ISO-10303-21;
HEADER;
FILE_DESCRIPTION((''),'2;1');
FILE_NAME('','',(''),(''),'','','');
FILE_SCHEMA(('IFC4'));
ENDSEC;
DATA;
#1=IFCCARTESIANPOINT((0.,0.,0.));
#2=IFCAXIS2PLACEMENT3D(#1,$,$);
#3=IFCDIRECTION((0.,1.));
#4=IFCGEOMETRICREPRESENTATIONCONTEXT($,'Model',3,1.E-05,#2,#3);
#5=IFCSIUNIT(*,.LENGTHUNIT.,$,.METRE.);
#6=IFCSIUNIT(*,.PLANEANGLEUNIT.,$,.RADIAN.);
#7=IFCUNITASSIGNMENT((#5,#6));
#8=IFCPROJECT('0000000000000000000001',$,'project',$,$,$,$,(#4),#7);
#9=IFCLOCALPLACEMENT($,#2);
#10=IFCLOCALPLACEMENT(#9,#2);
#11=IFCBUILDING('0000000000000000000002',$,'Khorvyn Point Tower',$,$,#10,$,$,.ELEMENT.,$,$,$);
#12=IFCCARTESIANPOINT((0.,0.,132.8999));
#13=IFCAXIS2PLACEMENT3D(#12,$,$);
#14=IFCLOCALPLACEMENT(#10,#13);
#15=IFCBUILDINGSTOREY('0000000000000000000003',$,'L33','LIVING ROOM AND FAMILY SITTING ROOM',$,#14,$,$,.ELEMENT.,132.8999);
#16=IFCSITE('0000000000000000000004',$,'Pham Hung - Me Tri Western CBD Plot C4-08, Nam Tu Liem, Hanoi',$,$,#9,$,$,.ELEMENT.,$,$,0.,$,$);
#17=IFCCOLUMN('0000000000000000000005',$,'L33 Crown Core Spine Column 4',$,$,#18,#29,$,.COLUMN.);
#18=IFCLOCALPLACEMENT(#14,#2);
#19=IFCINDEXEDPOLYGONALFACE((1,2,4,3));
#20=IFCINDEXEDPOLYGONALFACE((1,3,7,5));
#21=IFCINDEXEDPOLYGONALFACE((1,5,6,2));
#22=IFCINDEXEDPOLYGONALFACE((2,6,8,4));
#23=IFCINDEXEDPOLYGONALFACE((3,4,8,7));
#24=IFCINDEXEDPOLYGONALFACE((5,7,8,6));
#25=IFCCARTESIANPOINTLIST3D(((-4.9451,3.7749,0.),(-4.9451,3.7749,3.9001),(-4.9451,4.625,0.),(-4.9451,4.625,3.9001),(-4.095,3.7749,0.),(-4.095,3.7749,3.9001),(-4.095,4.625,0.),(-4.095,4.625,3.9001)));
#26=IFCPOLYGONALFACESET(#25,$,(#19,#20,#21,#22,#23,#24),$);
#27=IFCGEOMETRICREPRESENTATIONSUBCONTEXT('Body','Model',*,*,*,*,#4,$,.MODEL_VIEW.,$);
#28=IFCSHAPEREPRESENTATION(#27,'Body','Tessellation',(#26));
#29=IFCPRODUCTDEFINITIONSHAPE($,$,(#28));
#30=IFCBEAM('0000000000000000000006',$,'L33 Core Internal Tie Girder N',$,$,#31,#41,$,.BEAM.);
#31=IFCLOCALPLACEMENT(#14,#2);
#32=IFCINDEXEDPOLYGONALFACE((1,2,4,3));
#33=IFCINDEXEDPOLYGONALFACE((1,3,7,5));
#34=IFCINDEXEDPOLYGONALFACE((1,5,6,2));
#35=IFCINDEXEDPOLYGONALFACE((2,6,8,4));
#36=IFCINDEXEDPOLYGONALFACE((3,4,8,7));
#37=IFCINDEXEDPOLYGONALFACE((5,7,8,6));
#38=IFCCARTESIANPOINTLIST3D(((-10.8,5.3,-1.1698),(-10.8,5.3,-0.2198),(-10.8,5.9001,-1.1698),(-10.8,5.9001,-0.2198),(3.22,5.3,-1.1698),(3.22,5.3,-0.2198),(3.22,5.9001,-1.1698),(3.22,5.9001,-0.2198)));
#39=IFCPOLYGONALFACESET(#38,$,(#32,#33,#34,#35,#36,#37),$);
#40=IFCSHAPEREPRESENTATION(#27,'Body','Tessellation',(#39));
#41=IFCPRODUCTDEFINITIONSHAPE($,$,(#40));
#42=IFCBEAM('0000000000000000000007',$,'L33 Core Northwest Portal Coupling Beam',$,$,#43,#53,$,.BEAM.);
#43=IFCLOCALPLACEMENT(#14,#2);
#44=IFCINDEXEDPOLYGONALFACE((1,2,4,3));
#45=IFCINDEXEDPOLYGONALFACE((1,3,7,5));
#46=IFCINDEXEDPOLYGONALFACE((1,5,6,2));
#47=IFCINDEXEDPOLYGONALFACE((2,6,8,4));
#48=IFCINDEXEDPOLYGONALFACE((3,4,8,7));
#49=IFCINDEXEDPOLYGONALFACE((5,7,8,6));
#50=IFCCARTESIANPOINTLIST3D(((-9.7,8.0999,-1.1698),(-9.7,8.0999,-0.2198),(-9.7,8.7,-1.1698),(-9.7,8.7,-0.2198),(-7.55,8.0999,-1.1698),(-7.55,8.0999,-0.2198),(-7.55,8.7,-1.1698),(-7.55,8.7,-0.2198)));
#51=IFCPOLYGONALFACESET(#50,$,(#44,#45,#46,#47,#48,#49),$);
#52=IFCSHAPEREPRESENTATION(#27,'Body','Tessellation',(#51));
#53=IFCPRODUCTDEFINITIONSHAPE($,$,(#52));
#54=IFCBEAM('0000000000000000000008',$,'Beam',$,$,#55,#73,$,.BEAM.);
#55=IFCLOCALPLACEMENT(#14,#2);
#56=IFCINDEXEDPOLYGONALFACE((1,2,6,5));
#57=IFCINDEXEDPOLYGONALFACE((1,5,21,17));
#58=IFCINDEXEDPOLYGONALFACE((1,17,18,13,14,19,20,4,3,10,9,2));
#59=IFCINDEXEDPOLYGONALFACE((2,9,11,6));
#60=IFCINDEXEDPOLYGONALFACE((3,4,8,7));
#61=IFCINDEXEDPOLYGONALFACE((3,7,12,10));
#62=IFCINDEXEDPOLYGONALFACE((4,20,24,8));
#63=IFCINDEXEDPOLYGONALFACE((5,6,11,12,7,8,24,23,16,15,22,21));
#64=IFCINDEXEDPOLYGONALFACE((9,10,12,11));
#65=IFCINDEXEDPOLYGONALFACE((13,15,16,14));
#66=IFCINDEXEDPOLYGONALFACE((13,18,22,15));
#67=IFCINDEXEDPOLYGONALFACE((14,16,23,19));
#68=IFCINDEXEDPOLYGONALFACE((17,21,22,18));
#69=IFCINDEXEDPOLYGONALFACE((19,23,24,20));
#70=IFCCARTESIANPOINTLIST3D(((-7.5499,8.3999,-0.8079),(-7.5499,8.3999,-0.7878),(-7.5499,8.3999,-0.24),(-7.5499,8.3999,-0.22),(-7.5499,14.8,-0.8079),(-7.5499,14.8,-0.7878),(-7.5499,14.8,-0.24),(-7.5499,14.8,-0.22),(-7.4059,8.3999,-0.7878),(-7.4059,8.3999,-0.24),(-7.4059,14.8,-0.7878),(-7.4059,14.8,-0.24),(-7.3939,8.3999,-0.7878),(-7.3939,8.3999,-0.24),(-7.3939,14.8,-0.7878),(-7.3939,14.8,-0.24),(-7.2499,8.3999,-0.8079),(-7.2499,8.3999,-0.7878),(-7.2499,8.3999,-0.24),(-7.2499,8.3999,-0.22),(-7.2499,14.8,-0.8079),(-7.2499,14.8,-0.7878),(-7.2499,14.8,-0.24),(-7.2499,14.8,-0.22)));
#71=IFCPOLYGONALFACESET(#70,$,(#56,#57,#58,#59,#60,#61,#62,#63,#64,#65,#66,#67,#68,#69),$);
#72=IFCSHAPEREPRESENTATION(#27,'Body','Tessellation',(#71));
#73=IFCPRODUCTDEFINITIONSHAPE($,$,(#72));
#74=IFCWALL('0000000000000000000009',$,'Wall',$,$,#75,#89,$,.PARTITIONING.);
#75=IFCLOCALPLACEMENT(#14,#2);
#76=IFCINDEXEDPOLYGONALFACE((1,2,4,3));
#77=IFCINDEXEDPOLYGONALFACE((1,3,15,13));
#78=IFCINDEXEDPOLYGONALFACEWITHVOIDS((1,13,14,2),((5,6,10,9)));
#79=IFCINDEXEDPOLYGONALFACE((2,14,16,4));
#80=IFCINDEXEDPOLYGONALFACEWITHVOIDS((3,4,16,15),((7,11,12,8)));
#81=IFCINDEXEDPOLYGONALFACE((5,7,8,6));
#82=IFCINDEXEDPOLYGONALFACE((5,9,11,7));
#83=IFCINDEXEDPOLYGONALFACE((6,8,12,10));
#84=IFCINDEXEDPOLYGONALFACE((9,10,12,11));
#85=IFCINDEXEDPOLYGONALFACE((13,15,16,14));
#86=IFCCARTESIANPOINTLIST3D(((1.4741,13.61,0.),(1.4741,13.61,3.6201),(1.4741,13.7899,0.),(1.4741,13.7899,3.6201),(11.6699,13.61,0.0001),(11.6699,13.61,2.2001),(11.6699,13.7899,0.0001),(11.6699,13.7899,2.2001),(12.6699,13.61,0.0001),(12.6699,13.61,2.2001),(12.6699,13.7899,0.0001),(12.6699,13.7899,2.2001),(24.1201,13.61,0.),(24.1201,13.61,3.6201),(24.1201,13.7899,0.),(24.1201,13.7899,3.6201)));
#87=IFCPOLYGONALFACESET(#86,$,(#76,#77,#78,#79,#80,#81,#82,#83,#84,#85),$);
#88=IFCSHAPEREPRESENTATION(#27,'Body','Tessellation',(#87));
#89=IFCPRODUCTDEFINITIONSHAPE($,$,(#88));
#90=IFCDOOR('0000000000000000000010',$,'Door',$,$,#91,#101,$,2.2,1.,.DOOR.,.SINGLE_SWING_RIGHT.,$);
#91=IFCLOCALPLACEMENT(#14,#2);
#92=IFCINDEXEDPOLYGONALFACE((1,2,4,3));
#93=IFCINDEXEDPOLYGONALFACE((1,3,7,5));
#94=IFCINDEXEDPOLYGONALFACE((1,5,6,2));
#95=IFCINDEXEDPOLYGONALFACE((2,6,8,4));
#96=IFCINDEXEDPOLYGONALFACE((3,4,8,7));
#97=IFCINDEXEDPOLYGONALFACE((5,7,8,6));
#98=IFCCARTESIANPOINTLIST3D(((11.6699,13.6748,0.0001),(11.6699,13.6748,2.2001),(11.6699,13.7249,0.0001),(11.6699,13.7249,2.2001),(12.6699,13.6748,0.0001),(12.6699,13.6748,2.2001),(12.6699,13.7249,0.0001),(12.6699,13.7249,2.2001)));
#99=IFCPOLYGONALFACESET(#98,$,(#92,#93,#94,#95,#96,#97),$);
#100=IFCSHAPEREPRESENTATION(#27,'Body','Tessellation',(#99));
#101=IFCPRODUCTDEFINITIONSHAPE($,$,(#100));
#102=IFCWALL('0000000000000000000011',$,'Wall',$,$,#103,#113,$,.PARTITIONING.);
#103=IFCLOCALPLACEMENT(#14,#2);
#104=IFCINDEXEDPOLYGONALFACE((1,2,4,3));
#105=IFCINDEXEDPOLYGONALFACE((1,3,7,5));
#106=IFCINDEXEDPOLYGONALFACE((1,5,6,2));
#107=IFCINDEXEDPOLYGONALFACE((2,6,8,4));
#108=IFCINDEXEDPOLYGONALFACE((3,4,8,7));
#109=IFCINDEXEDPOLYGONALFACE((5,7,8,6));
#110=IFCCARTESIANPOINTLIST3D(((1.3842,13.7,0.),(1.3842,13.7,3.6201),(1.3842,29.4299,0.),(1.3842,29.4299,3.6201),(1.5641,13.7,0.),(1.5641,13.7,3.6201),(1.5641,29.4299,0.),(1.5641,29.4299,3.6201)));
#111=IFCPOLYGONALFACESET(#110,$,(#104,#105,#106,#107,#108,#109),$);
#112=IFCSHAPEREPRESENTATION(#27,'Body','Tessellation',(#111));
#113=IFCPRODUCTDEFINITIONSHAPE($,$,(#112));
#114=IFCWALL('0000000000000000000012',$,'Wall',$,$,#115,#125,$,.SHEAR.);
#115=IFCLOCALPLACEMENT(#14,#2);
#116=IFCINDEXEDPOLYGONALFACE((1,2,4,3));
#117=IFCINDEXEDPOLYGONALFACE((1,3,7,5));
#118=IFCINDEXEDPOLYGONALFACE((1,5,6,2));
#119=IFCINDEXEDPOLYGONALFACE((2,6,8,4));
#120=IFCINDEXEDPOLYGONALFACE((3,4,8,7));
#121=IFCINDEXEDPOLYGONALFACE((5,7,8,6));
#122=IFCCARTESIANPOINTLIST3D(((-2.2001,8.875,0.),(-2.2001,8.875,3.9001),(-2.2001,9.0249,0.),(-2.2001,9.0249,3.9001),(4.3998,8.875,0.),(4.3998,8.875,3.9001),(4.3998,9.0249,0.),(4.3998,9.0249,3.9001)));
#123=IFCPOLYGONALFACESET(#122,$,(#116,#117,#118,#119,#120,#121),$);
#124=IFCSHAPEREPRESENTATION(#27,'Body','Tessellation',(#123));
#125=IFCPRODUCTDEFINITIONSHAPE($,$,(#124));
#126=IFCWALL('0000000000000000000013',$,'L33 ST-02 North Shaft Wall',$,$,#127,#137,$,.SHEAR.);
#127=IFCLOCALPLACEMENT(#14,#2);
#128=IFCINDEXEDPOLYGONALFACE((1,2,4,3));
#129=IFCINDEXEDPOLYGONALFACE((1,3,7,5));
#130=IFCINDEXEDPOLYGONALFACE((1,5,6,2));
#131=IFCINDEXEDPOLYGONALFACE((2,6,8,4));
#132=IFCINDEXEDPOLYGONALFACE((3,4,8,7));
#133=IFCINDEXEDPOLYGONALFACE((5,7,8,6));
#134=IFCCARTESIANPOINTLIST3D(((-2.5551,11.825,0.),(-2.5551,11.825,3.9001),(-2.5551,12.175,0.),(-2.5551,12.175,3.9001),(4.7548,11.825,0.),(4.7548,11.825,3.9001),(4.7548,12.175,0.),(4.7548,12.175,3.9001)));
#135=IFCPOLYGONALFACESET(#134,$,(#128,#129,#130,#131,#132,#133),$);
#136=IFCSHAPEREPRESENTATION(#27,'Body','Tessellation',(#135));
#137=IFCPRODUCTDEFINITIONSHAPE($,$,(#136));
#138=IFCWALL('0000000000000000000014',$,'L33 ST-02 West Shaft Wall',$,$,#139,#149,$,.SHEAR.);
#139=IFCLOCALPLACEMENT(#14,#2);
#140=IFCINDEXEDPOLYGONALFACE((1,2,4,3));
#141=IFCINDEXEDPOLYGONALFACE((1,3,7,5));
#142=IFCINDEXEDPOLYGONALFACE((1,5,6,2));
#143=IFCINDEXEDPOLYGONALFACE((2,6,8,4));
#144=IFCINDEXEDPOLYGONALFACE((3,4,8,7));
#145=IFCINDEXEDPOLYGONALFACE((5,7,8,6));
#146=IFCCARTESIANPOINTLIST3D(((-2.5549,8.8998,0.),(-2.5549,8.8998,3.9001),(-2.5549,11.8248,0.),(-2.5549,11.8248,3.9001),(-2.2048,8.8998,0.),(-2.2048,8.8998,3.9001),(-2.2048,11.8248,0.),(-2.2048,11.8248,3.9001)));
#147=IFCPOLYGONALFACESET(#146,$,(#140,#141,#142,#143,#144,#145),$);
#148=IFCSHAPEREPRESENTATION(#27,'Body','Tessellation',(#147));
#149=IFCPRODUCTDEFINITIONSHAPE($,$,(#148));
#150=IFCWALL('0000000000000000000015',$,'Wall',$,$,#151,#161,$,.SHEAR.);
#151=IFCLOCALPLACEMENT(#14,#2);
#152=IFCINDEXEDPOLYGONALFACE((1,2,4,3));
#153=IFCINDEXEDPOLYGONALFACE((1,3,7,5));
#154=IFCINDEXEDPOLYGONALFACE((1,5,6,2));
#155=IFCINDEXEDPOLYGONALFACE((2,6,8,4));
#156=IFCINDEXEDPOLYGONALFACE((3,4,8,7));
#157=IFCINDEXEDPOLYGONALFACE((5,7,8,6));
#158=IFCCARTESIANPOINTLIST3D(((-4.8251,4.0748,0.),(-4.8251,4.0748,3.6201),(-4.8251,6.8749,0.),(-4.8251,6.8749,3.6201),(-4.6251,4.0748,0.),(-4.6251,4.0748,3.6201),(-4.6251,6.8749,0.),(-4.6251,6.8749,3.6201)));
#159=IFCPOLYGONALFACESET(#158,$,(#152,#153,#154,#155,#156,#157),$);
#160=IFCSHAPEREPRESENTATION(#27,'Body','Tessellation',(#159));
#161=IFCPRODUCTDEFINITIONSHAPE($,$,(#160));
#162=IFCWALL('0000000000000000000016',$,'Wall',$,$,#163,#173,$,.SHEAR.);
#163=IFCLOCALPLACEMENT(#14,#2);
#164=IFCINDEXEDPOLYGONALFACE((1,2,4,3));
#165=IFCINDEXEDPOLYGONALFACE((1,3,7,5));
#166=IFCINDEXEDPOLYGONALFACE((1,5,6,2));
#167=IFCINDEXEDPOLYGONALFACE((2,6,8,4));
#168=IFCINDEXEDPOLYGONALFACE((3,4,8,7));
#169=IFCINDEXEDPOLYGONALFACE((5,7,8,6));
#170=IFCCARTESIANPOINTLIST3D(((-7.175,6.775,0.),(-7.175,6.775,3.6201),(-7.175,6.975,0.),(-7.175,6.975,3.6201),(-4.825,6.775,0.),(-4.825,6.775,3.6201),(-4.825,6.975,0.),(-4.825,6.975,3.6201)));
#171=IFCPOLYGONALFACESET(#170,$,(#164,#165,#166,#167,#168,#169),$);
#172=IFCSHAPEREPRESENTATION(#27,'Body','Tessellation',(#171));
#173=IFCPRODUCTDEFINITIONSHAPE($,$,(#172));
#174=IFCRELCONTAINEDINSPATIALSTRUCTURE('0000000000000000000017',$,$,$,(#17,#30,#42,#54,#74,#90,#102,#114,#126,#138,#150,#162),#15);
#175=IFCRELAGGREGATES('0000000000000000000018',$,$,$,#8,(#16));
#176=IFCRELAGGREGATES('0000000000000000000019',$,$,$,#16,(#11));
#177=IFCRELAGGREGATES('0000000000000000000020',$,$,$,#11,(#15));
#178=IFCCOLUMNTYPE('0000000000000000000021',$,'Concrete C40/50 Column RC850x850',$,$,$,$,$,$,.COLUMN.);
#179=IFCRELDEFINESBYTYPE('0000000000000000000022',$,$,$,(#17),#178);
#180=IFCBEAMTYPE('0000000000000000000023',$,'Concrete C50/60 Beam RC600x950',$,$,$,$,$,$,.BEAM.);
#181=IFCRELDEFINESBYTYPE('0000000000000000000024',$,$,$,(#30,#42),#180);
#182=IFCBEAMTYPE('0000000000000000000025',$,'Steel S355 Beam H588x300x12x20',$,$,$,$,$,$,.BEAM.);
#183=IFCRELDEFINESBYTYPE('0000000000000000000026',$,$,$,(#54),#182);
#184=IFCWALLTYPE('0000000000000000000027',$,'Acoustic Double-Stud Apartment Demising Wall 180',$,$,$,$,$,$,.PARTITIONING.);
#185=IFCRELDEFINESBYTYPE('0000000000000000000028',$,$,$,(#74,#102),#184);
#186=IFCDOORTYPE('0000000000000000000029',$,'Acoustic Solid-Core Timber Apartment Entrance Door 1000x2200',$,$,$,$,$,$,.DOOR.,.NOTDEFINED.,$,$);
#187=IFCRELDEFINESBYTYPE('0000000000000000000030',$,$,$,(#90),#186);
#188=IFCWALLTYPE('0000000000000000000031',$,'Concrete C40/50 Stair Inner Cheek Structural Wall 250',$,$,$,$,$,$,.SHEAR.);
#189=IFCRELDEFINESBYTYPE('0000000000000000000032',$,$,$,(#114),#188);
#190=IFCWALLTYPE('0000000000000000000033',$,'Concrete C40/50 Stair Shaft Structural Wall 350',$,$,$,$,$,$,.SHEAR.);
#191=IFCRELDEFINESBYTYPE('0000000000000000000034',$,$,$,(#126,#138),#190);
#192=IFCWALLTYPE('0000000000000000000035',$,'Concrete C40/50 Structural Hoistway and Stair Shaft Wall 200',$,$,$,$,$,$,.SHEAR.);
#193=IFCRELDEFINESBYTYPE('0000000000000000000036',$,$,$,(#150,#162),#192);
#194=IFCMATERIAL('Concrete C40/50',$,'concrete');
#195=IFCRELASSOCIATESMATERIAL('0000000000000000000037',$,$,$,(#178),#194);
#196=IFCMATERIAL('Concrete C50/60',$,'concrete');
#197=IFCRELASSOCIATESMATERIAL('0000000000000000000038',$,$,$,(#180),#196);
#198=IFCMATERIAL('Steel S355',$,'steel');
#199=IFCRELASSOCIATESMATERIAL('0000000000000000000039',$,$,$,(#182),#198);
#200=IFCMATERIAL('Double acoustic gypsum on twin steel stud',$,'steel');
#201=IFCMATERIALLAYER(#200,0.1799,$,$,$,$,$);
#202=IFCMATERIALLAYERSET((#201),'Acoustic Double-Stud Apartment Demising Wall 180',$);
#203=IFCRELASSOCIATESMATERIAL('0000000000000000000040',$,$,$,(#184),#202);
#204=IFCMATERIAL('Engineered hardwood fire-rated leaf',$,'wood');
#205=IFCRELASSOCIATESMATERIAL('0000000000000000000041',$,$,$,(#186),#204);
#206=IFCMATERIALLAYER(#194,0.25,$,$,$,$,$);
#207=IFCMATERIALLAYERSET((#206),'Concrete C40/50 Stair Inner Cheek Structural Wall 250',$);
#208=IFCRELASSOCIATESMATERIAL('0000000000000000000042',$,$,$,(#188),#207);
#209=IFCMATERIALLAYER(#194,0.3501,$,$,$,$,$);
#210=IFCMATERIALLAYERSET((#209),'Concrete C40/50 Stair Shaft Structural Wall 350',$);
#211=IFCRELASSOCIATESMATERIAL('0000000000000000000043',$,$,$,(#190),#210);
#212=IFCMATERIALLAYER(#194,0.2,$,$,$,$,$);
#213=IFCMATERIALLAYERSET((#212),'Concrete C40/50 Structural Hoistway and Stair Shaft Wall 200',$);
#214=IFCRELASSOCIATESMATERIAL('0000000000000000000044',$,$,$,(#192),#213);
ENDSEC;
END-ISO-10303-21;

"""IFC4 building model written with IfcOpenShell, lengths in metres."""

from ifc_helpers import new_model, si_unit, direction, frame, frame_2d, origin, origin_2d, place, context, subcontext, project, spatial, rectangle, i_section, extrude, material, layer, layer_set, material_profile, profile_set, type_object, element, fill, save


model = new_model("IFC4")

# Units and contexts
model_context = context("Model", 3, precision=1e-05, world=origin(), true_north=direction((0.0, 1.0)))
body_context = subcontext(model_context, "Body", "Model", "MODEL_VIEW")
ifc_project = project(units=[si_unit("LENGTHUNIT", "METRE"), si_unit("PLANEANGLEUNIT", "RADIAN")], contexts=[model_context])

# Site, building, storey
site_placement = place(None, origin())
site = spatial("IfcSite", under=ifc_project, at=site_placement, Name="Pham Hung - Me Tri Western CBD Plot C4-08, Nam Tu Liem, Hanoi", CompositionType="ELEMENT", RefElevation=0.0)
building_placement = place(site_placement, origin())
building = spatial("IfcBuilding", under=site, at=building_placement, Name="Khorvyn Point Tower", CompositionType="ELEMENT")
storey_placement = place(building_placement, frame((0.0, 0.0, 132.8999)))
storey = spatial("IfcBuildingStorey", under=building, at=storey_placement, Name="L33", Description="LIVING ROOM AND FAMILY SITTING ROOM", CompositionType="ELEMENT", Elevation=132.8999)

# Column
ifc_material_1 = material(Name="Concrete C40/50", Category="concrete")
ifc_material_profile_1 = material_profile(ifc_material_1, rectangle(XDim=0.8501, YDim=0.8501, at=origin_2d()))
ifc_profile_set_1 = profile_set([ifc_material_profile_1], Name="Concrete C40/50 RC850x850")
column_type = type_object("IfcColumnType", Name="Concrete C40/50 Column RC850x850", PredefinedType="COLUMN", material=ifc_profile_set_1)
column_placement = place(storey_placement, frame((-4.52, 4.2, 0.0), z_axis=(0.0, 0.0, 1.0), x_axis=(1.0, 0.0, 0.0)))
element("IfcColumn", 1, at=column_placement, inside=storey, type_object=column_type, Name="L33 Crown Core Spine Column 4", PredefinedType="COLUMN", context=body_context, shape_type="SweptSolid", body=[
    extrude(rectangle(XDim=0.8501, YDim=0.8501, at=origin_2d()), origin(), (0.0, 0.0, 1.0), 3.9001),
])

# Beams
ifc_material_2 = material(Name="Concrete C50/60", Category="concrete")
ifc_material_profile_2 = material_profile(ifc_material_2, rectangle(XDim=0.6001, YDim=0.95, at=origin_2d()))
ifc_profile_set_2 = profile_set([ifc_material_profile_2], Name="Concrete C50/60 RC600x950")
beam_type_1 = type_object("IfcBeamType", Name="Concrete C50/60 Beam RC600x950", PredefinedType="BEAM", material=ifc_profile_set_2)
beam_1_placement = place(storey_placement, frame((-10.8, 5.6001, -0.6948), z_axis=(1.0, 0.0, 0.0), x_axis=(0.0, 1.0, 0.0)))
element("IfcBeam", 2, at=beam_1_placement, inside=storey, type_object=beam_type_1, Name="L33 Core Internal Tie Girder N", PredefinedType="BEAM", context=body_context, shape_type="SweptSolid", body=[
    extrude(rectangle(XDim=0.6001, YDim=0.95, at=origin_2d()), origin(), (0.0, 0.0, 1.0), 14.02),
])
beam_2_placement = place(storey_placement, frame((-9.7, 8.3999, -0.6948), z_axis=(1.0, 0.0, 0.0), x_axis=(0.0, 1.0, 0.0)))
element("IfcBeam", 3, at=beam_2_placement, inside=storey, type_object=beam_type_1, Name="L33 Core Northwest Portal Coupling Beam", PredefinedType="BEAM", context=body_context, shape_type="SweptSolid", body=[
    extrude(rectangle(XDim=0.6001, YDim=0.95, at=origin_2d()), origin(), (0.0, 0.0, 1.0), 2.1499),
])
ifc_material_3 = material(Name="Steel S355", Category="steel")
ifc_material_profile_3 = material_profile(ifc_material_3, i_section(OverallWidth=0.3, OverallDepth=0.5879, WebThickness=0.012, FlangeThickness=0.02, at=origin_2d()))
ifc_profile_set_3 = profile_set([ifc_material_profile_3], Name="Steel S355 H588x300x12x20")
beam_type_2 = type_object("IfcBeamType", Name="Steel S355 Beam H588x300x12x20", PredefinedType="BEAM", material=ifc_profile_set_3)
beam_3_placement = place(storey_placement, frame((-7.3999, 8.3999, -0.5139), z_axis=(0.0, 1.0, 0.0), x_axis=(-1.0, 0.0, 0.0)))
element("IfcBeam", 4, at=beam_3_placement, inside=storey, type_object=beam_type_2, Name="Beam", PredefinedType="BEAM", context=body_context, shape_type="SweptSolid", body=[
    extrude(i_section(OverallWidth=0.3, OverallDepth=0.5879, WebThickness=0.012, FlangeThickness=0.02, at=origin_2d()), origin(), (0.0, 0.0, 1.0), 6.4001),
])

# Wall, opening, door
ifc_material_4 = material(Name="Double acoustic gypsum on twin steel stud", Category="steel")
ifc_layer_1 = layer(ifc_material_4, 0.1799)
ifc_layer_set_1 = layer_set([ifc_layer_1], Name="Acoustic Double-Stud Apartment Demising Wall 180")
wall_type_1 = type_object("IfcWallType", Name="Acoustic Double-Stud Apartment Demising Wall 180", PredefinedType="PARTITIONING", material=ifc_layer_set_1)
wall_1_placement = place(storey_placement, frame((1.4741, 13.7, 0.0), z_axis=(0.0, 0.0, 1.0), x_axis=(1.0, 0.0, 0.0)))
wall_1 = element("IfcWall", 5, at=wall_1_placement, inside=storey, type_object=wall_type_1, Name="Wall", PredefinedType="PARTITIONING", context=body_context, shape_type="SweptSolid", body=[
    extrude(rectangle(XDim=22.646, YDim=0.1799, at=frame_2d((11.323, 0.0))), origin(), (0.0, 0.0, 1.0), 3.6201),
])
opening_1_placement = place(wall_1_placement, frame((10.1958, 0.0, 0.0)))
opening_1 = element("IfcOpeningElement", 6, at=opening_1_placement, cuts=wall_1, PredefinedType="OPENING", context=body_context, shape_type="SweptSolid", body=[
    extrude(rectangle(XDim=1.0, YDim=2.2, at=frame_2d((0.5, 1.1001))), frame((0.0, 0.0999, 0.0), z_axis=(0.0, -1.0, 0.0), x_axis=(1.0, 0.0, 0.0)), (0.0, 0.0, 1.0), 0.2),
])
ifc_material_5 = material(Name="Engineered hardwood fire-rated leaf", Category="wood")
door_type_1 = type_object("IfcDoorType", Name="Acoustic Solid-Core Timber Apartment Entrance Door 1000x2200", OperationType="NOTDEFINED", PredefinedType="DOOR", material=ifc_material_5)
door_1_placement = place(opening_1_placement, origin())
door_1 = element("IfcDoor", 7, at=door_1_placement, inside=storey, type_object=door_type_1, Name="Door", OperationType="SINGLE_SWING_RIGHT", OverallHeight=2.2, OverallWidth=1.0, PredefinedType="DOOR", context=body_context, shape_type="SweptSolid", body=[
    extrude(rectangle(XDim=1.0, YDim=2.2, at=frame_2d((0.5, 1.1001))), frame((0.0, 0.0249, 0.0), z_axis=(0.0, -1.0, 0.0), x_axis=(1.0, 0.0, 0.0)), (0.0, 0.0, 1.0), 0.05),
])
fill(opening_1, door_1)

# Wall
wall_2_placement = place(storey_placement, frame((1.4741, 13.7, 0.0), z_axis=(0.0, 0.0, 1.0), x_axis=(0.0, 1.0, 0.0)))
element("IfcWall", 8, at=wall_2_placement, inside=storey, type_object=wall_type_1, Name="Wall", PredefinedType="PARTITIONING", context=body_context, shape_type="SweptSolid", body=[
    extrude(rectangle(XDim=15.73, YDim=0.1799, at=frame_2d((7.865, 0.0))), origin(), (0.0, 0.0, 1.0), 3.6201),
])

# Walls
ifc_layer_2 = layer(ifc_material_1, 0.25)
ifc_layer_set_2 = layer_set([ifc_layer_2], Name="Concrete C40/50 Stair Inner Cheek Structural Wall 250")
wall_type_2 = type_object("IfcWallType", Name="Concrete C40/50 Stair Inner Cheek Structural Wall 250", PredefinedType="SHEAR", material=ifc_layer_set_2)
wall_3_placement = place(storey_placement, frame((-2.2, 8.95, 0.0), z_axis=(0.0, 0.0, 1.0), x_axis=(1.0, 0.0, 0.0)))
element("IfcWall", 9, at=wall_3_placement, inside=storey, type_object=wall_type_2, Name="Wall", PredefinedType="SHEAR", context=body_context, shape_type="SweptSolid", body=[
    extrude(rectangle(XDim=6.5999, YDim=0.1499, at=frame_2d((3.2998, 0.0))), origin(), (0.0, 0.0, 1.0), 3.9001),
])
ifc_layer_3 = layer(ifc_material_1, 0.3501)
ifc_layer_set_3 = layer_set([ifc_layer_3], Name="Concrete C40/50 Stair Shaft Structural Wall 350")
wall_type_3 = type_object("IfcWallType", Name="Concrete C40/50 Stair Shaft Structural Wall 350", PredefinedType="SHEAR", material=ifc_layer_set_3)
wall_4_placement = place(storey_placement, frame((-2.5549, 12.0, 0.0), z_axis=(0.0, 0.0, 1.0), x_axis=(1.0, 0.0, 0.0)))
element("IfcWall", 10, at=wall_4_placement, inside=storey, type_object=wall_type_3, Name="L33 ST-02 North Shaft Wall", PredefinedType="SHEAR", context=body_context, shape_type="SweptSolid", body=[
    extrude(rectangle(XDim=7.3098, YDim=0.3501, at=frame_2d((3.6548, 0.0))), origin(), (0.0, 0.0, 1.0), 3.9001),
])
wall_5_placement = place(storey_placement, frame((-2.3799, 8.8999, 0.0), z_axis=(0.0, 0.0, 1.0), x_axis=(0.0, 1.0, 0.0)))
element("IfcWall", 11, at=wall_5_placement, inside=storey, type_object=wall_type_3, Name="L33 ST-02 West Shaft Wall", PredefinedType="SHEAR", context=body_context, shape_type="SweptSolid", body=[
    extrude(rectangle(XDim=2.925, YDim=0.3501, at=frame_2d((1.4624, 0.0))), origin(), (0.0, 0.0, 1.0), 3.9001),
])
ifc_layer_4 = layer(ifc_material_1, 0.2)
ifc_layer_set_4 = layer_set([ifc_layer_4], Name="Concrete C40/50 Structural Hoistway and Stair Shaft Wall 200")
wall_type_4 = type_object("IfcWallType", Name="Concrete C40/50 Structural Hoistway and Stair Shaft Wall 200", PredefinedType="SHEAR", material=ifc_layer_set_4)
wall_6_placement = place(storey_placement, frame((-4.7251, 4.075, 0.0), z_axis=(0.0, 0.0, 1.0), x_axis=(0.0, 1.0, 0.0)))
element("IfcWall", 12, at=wall_6_placement, inside=storey, type_object=wall_type_4, Name="Wall", PredefinedType="SHEAR", context=body_context, shape_type="SweptSolid", body=[
    extrude(rectangle(XDim=2.8, YDim=0.2, at=frame_2d((1.3999, 0.0))), origin(), (0.0, 0.0, 1.0), 3.6201),
])
wall_7_placement = place(storey_placement, frame((-7.175, 6.875, 0.0), z_axis=(0.0, 0.0, 1.0), x_axis=(1.0, 0.0, 0.0)))
element("IfcWall", 13, at=wall_7_placement, inside=storey, type_object=wall_type_4, Name="Wall", PredefinedType="SHEAR", context=body_context, shape_type="SweptSolid", body=[
    extrude(rectangle(XDim=2.3501, YDim=0.2, at=frame_2d((1.175, 0.0))), origin(), (0.0, 0.0, 1.0), 3.6201),
])

save(model, "model.ifc")
